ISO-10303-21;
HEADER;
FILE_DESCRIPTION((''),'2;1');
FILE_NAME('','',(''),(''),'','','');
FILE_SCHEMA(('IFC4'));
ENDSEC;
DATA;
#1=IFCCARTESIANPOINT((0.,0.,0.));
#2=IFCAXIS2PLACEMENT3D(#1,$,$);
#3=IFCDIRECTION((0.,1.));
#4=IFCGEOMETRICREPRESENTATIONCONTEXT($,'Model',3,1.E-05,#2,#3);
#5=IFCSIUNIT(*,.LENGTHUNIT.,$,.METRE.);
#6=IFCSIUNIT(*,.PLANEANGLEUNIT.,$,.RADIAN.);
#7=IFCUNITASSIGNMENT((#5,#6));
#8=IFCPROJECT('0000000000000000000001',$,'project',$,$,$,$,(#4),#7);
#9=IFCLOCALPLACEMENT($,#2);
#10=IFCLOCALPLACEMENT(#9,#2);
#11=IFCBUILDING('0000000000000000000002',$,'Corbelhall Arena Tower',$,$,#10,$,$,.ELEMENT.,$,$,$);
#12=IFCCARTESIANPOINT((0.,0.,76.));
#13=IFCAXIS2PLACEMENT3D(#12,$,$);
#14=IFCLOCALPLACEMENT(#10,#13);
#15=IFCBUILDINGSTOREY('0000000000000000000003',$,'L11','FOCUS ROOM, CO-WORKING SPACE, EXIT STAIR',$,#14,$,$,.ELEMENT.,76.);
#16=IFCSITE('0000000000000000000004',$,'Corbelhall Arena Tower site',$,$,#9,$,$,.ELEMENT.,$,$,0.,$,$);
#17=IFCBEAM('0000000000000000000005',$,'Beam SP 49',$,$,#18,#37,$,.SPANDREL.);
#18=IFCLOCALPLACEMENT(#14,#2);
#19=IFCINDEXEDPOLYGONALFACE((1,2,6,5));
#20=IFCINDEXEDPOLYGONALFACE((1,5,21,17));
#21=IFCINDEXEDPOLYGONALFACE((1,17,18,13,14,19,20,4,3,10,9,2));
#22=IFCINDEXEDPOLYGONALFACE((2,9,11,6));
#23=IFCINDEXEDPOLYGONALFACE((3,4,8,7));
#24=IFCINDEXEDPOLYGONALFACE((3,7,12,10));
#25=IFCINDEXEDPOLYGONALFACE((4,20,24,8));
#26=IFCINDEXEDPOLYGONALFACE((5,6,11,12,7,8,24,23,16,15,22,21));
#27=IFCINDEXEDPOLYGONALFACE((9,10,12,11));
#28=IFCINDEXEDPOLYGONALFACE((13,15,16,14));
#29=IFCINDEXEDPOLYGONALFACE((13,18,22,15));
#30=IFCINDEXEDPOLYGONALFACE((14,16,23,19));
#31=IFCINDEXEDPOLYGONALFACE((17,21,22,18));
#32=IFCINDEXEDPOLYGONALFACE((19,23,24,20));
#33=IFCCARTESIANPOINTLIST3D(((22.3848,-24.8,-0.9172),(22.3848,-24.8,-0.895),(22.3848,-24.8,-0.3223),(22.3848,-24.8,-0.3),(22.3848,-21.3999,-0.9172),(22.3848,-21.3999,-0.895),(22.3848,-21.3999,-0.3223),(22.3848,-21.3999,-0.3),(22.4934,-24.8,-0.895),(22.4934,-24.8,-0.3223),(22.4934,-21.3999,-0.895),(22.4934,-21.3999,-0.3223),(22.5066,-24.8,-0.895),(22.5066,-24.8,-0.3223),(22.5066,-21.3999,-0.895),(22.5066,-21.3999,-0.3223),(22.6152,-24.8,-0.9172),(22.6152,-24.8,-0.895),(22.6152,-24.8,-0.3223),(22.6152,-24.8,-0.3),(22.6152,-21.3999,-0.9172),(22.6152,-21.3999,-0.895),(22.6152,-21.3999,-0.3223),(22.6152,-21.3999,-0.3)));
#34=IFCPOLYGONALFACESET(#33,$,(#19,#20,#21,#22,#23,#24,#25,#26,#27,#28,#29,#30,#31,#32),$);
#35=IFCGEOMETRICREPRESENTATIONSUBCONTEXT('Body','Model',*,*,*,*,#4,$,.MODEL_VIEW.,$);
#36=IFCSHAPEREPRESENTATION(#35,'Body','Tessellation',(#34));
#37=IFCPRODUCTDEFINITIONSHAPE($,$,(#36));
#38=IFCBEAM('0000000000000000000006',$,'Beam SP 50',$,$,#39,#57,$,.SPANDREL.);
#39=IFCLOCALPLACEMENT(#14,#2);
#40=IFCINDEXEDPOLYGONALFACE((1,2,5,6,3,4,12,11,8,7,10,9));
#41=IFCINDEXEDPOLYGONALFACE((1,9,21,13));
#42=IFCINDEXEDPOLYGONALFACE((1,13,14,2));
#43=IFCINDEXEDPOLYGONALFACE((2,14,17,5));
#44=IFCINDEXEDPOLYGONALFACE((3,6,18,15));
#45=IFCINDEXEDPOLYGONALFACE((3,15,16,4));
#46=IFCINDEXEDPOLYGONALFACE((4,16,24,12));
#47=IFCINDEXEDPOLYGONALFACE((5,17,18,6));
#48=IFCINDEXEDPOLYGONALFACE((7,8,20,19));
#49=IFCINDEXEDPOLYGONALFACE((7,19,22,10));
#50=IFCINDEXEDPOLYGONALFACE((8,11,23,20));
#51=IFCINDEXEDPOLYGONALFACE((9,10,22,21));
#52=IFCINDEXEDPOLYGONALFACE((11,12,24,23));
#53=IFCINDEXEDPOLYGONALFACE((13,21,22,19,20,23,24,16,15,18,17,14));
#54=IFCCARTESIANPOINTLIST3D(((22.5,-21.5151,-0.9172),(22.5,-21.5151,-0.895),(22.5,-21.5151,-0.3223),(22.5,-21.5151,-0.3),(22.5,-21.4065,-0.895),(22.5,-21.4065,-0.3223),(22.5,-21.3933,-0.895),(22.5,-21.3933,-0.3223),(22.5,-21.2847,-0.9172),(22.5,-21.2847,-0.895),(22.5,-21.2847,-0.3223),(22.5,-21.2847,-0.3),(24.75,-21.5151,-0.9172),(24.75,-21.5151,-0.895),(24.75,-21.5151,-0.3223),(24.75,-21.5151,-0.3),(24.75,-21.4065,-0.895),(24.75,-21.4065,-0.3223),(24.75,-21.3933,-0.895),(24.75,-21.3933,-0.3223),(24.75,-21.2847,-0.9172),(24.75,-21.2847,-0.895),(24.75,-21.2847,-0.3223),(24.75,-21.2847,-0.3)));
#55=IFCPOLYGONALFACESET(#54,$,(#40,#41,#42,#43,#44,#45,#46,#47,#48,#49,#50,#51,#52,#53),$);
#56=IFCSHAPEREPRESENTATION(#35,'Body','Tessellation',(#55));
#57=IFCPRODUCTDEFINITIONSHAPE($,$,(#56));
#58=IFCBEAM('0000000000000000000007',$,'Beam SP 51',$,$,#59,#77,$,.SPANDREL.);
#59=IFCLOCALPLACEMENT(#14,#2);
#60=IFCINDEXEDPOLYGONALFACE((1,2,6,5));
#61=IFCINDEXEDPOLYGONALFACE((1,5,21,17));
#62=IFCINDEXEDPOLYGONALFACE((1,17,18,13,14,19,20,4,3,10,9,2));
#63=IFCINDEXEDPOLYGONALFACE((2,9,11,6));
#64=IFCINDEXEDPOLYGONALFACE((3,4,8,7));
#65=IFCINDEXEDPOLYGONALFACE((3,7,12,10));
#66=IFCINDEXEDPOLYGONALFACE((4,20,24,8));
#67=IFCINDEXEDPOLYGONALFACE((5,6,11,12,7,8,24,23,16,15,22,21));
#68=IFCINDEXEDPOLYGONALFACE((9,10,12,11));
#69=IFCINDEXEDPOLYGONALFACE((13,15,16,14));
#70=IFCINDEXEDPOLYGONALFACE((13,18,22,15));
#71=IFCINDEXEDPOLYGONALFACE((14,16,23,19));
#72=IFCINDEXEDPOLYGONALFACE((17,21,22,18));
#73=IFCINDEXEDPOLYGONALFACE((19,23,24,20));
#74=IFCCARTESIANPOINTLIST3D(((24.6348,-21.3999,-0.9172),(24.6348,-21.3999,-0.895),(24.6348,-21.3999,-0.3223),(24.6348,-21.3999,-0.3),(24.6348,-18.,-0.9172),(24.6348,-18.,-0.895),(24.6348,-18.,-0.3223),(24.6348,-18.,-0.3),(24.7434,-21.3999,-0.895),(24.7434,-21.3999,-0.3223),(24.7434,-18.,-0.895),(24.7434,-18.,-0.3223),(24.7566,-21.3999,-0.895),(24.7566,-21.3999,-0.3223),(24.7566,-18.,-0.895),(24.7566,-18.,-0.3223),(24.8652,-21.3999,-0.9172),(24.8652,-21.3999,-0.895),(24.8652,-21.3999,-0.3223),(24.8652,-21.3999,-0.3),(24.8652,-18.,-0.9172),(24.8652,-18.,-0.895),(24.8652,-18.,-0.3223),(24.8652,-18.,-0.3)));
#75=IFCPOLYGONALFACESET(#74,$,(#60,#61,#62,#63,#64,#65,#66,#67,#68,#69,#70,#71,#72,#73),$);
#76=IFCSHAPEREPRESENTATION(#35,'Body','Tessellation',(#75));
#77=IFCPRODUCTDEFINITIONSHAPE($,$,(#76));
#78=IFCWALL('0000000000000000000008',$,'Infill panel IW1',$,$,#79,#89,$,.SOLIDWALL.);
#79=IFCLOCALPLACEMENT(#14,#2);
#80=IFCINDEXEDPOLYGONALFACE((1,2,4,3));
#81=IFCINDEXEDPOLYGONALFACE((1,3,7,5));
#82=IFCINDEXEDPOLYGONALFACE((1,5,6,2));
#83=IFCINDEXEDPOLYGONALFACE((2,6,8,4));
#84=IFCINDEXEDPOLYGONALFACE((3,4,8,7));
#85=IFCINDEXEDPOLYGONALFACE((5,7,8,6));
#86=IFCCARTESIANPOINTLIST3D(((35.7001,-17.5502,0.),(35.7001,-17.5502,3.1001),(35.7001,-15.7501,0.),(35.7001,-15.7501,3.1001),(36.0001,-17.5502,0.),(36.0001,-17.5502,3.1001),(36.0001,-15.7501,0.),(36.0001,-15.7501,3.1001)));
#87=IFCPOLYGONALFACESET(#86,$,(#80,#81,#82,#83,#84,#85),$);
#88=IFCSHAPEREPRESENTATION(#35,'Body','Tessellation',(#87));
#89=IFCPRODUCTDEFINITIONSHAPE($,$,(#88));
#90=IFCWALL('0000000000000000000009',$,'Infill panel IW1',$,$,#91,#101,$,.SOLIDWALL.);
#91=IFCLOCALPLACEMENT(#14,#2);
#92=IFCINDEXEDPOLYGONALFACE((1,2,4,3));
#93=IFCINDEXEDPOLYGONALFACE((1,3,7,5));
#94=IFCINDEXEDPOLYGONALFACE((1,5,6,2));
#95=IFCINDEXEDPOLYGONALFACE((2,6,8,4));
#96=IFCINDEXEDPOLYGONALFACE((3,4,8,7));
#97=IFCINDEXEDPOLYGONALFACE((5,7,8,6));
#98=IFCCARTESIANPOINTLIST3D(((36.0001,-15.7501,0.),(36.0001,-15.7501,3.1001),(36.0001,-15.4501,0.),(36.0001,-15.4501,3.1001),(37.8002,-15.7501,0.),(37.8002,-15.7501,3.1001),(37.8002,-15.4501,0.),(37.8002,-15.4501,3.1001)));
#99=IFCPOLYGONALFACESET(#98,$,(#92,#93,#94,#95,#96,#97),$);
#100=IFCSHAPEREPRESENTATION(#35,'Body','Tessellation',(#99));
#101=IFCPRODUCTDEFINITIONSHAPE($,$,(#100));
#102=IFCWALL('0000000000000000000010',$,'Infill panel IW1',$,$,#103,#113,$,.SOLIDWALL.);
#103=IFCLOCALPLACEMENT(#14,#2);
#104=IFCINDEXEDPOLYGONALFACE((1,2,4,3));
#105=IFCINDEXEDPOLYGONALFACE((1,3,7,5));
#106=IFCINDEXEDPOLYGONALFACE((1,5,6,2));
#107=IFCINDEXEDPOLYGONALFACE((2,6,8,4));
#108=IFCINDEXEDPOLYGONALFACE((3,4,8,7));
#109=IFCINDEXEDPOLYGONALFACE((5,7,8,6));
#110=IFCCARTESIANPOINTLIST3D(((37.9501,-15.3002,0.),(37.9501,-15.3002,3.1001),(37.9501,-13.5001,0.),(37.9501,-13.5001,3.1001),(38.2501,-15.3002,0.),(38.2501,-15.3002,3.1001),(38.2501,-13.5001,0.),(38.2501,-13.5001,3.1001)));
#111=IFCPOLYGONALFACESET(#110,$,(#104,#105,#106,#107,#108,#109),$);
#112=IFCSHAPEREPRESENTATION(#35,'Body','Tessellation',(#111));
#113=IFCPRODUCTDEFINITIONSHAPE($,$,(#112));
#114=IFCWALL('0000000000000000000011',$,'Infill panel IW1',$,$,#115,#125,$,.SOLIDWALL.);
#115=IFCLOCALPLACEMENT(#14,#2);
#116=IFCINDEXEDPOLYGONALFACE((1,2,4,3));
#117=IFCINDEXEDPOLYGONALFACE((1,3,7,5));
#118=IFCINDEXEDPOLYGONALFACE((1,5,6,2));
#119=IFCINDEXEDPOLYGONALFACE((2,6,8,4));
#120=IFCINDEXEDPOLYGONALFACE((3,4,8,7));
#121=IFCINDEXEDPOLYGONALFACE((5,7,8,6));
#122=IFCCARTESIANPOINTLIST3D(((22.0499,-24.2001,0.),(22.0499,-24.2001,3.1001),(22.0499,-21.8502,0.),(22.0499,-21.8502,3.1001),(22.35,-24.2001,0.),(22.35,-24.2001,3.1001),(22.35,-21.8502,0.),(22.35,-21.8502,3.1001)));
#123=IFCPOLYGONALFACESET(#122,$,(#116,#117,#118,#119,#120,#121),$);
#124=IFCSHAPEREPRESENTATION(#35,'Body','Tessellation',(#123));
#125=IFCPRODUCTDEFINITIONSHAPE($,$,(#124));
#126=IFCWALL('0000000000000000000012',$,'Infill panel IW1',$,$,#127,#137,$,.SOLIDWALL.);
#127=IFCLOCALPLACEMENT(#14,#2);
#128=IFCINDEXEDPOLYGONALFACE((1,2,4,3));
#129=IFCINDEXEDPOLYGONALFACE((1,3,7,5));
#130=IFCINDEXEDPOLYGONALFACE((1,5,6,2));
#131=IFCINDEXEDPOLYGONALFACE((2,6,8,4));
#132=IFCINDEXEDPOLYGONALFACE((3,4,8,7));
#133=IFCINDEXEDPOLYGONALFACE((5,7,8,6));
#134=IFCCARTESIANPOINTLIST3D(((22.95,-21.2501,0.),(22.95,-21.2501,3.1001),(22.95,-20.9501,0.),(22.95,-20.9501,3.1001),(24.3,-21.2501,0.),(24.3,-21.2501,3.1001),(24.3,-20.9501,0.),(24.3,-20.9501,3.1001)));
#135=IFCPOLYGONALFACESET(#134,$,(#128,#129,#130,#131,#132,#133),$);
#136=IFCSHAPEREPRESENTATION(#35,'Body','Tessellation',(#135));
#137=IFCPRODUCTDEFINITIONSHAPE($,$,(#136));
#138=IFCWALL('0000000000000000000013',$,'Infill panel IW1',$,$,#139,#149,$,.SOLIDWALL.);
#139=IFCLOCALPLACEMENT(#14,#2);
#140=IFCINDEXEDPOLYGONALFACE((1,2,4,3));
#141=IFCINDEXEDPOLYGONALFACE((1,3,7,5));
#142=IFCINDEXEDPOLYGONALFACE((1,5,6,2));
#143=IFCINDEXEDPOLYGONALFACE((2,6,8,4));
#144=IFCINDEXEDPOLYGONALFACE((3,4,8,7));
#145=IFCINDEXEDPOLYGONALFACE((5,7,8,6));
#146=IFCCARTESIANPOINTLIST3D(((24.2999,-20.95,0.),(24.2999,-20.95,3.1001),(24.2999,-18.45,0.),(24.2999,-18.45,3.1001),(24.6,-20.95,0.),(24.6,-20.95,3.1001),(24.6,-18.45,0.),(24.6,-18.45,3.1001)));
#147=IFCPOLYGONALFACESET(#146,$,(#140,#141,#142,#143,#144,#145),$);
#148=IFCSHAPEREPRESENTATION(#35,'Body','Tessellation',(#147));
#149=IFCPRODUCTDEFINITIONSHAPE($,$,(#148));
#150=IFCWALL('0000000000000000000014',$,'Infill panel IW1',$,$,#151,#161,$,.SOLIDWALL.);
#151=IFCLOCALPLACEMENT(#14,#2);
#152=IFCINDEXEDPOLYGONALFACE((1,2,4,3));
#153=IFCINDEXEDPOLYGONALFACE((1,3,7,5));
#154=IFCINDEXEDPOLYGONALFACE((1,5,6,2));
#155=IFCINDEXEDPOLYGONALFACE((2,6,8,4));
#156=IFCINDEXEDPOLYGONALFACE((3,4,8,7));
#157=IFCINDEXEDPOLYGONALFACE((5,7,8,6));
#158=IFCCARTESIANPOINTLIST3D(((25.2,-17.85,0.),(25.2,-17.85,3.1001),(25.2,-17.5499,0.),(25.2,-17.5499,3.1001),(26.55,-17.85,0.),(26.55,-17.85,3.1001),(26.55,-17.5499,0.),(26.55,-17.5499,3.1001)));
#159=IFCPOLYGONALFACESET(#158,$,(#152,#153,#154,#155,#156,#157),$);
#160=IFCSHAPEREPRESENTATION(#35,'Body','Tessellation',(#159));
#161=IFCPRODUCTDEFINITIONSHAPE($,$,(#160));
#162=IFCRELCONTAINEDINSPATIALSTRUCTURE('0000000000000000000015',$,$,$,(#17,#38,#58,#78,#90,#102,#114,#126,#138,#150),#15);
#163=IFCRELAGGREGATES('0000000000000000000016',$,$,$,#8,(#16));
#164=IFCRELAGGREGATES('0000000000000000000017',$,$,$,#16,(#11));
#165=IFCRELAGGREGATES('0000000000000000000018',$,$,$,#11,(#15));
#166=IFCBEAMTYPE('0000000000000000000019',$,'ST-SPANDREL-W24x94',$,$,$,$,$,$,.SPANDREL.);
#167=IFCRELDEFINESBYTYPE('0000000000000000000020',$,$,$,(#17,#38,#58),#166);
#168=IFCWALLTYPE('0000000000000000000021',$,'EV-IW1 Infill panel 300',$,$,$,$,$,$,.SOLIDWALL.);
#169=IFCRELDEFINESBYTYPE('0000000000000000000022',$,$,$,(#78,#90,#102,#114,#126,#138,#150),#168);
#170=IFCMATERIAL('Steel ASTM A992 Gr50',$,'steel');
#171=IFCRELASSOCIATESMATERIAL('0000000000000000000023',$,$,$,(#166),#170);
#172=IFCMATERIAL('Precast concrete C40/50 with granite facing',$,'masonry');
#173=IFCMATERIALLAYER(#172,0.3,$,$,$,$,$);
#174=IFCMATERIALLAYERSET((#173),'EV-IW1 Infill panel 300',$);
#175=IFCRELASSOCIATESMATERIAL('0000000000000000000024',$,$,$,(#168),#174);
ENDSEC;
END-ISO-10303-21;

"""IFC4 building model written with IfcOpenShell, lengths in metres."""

from ifc_helpers import new_model, si_unit, direction, frame, frame_2d, origin, origin_2d, place, context, subcontext, project, spatial, rectangle, i_section, extrude, material, layer, layer_set, material_profile, profile_set, type_object, element, save


model = new_model("IFC4")

# Units and contexts
model_context = context("Model", 3, precision=1e-05, world=origin(), true_north=direction((0.0, 1.0)))
body_context = subcontext(model_context, "Body", "Model", "MODEL_VIEW")
ifc_project = project(units=[si_unit("LENGTHUNIT", "METRE"), si_unit("PLANEANGLEUNIT", "RADIAN")], contexts=[model_context])

# Site, building, storey
site_placement = place(None, origin())
site = spatial("IfcSite", under=ifc_project, at=site_placement, Name="Corbelhall Arena Tower site", CompositionType="ELEMENT", RefElevation=0.0)
building_placement = place(site_placement, origin())
building = spatial("IfcBuilding", under=site, at=building_placement, Name="Corbelhall Arena Tower", CompositionType="ELEMENT")
storey_placement = place(building_placement, frame((0.0, 0.0, 76.0)))
storey = spatial("IfcBuildingStorey", under=building, at=storey_placement, Name="L11", Description="FOCUS ROOM, CO-WORKING SPACE, EXIT STAIR", CompositionType="ELEMENT", Elevation=76.0)

# Beams
ifc_material_1 = material(Name="Steel ASTM A992 Gr50", Category="steel")
ifc_material_profile_1 = material_profile(ifc_material_1, i_section(OverallWidth=0.2305, OverallDepth=0.6172, WebThickness=0.0132, FlangeThickness=0.0222, at=origin_2d()))
ifc_profile_set_1 = profile_set([ifc_material_profile_1], Name="Steel ASTM A992 Gr50")
beam_type = type_object("IfcBeamType", Name="ST-SPANDREL-W24x94", PredefinedType="SPANDREL", material=ifc_profile_set_1)
beam_1_placement = place(storey_placement, frame((22.5, -21.3999, -0.6086), z_axis=(0.0, -1.0, 0.0), x_axis=(1.0, 0.0, 0.0)))
element("IfcBeam", 1, at=beam_1_placement, inside=storey, type_object=beam_type, Name="Beam SP 49", PredefinedType="SPANDREL", context=body_context, shape_type="SweptSolid", body=[
    extrude(i_section(OverallWidth=0.2305, OverallDepth=0.6172, WebThickness=0.0132, FlangeThickness=0.0222, at=origin_2d()), origin(), (0.0, 0.0, 1.0), 3.4001),
])
beam_2_placement = place(storey_placement, frame((24.75, -21.3999, -0.6086), z_axis=(-1.0, 0.0, 0.0), x_axis=(0.0, -1.0, 0.0)))
element("IfcBeam", 2, at=beam_2_placement, inside=storey, type_object=beam_type, Name="Beam SP 50", PredefinedType="SPANDREL", context=body_context, shape_type="SweptSolid", body=[
    extrude(i_section(OverallWidth=0.2305, OverallDepth=0.6172, WebThickness=0.0132, FlangeThickness=0.0222, at=origin_2d()), origin(), (0.0, 0.0, 1.0), 2.25),
])
beam_3_placement = place(storey_placement, frame((24.75, -18.0, -0.6086), z_axis=(0.0, -1.0, 0.0), x_axis=(1.0, 0.0, 0.0)))
element("IfcBeam", 3, at=beam_3_placement, inside=storey, type_object=beam_type, Name="Beam SP 51", PredefinedType="SPANDREL", context=body_context, shape_type="SweptSolid", body=[
    extrude(i_section(OverallWidth=0.2305, OverallDepth=0.6172, WebThickness=0.0132, FlangeThickness=0.0222, at=origin_2d()), origin(), (0.0, 0.0, 1.0), 3.3999),
])

# Walls
ifc_material_2 = material(Name="Precast concrete C40/50 with granite facing", Category="masonry")
ifc_layer = layer(ifc_material_2, 0.3)
ifc_layer_set = layer_set([ifc_layer], Name="EV-IW1 Infill panel 300")
wall_type = type_object("IfcWallType", Name="EV-IW1 Infill panel 300", PredefinedType="SOLIDWALL", material=ifc_layer_set)
for number, where, z_axis, x_axis, name in (
    (4, (35.8501, -17.55, 0.0), (0.0, 0.0, 1.0), (0.0, 1.0, 0.0), "Infill panel IW1"),
    (5, (37.8, -15.6001, 0.0), (0.0, 0.0, 1.0), (-1.0, 0.0, 0.0), "Infill panel IW1"),
    (6, (38.1001, -15.3, 0.0), (0.0, 0.0, 1.0), (0.0, 1.0, 0.0), "Infill panel IW1"),
):
    element("IfcWall", number, at=place(storey_placement, frame(where, z_axis=z_axis, x_axis=x_axis)), inside=storey, type_object=wall_type, Name=name, PredefinedType="SOLIDWALL", context=body_context, shape_type="SweptSolid", body=[
        extrude(rectangle(XDim=1.8, YDim=0.3, at=frame_2d((0.8999, 0.0))), origin(), (0.0, 0.0, 1.0), 3.1001),
    ])

# Walls
wall_1_placement = place(storey_placement, frame((22.2, -24.2, 0.0), z_axis=(0.0, 0.0, 1.0), x_axis=(0.0, 1.0, 0.0)))
element("IfcWall", 7, at=wall_1_placement, inside=storey, type_object=wall_type, Name="Infill panel IW1", PredefinedType="SOLIDWALL", context=body_context, shape_type="SweptSolid", body=[
    extrude(rectangle(XDim=2.3499, YDim=0.3, at=frame_2d((1.1748, 0.0))), origin(), (0.0, 0.0, 1.0), 3.1001),
])
wall_2_placement = place(storey_placement, frame((22.95, -21.1001, 0.0), z_axis=(0.0, 0.0, 1.0), x_axis=(1.0, 0.0, 0.0)))
element("IfcWall", 8, at=wall_2_placement, inside=storey, type_object=wall_type, Name="Infill panel IW1", PredefinedType="SOLIDWALL", context=body_context, shape_type="SweptSolid", body=[
    extrude(rectangle(XDim=1.3501, YDim=0.3, at=frame_2d((0.675, 0.0))), origin(), (0.0, 0.0, 1.0), 3.1001),
])
wall_3_placement = place(storey_placement, frame((24.45, -20.95, 0.0), z_axis=(0.0, 0.0, 1.0), x_axis=(0.0, 1.0, 0.0)))
element("IfcWall", 9, at=wall_3_placement, inside=storey, type_object=wall_type, Name="Infill panel IW1", PredefinedType="SOLIDWALL", context=body_context, shape_type="SweptSolid", body=[
    extrude(rectangle(XDim=2.5, YDim=0.3, at=frame_2d((1.25, 0.0))), origin(), (0.0, 0.0, 1.0), 3.1001),
])
wall_4_placement = place(storey_placement, frame((25.2, -17.7, 0.0), z_axis=(0.0, 0.0, 1.0), x_axis=(1.0, 0.0, 0.0)))
element("IfcWall", 10, at=wall_4_placement, inside=storey, type_object=wall_type, Name="Infill panel IW1", PredefinedType="SOLIDWALL", context=body_context, shape_type="SweptSolid", body=[
    extrude(rectangle(XDim=1.3501, YDim=0.3, at=frame_2d((0.675, 0.0))), origin(), (0.0, 0.0, 1.0), 3.1001),
])

save(model, "model.ifc")
